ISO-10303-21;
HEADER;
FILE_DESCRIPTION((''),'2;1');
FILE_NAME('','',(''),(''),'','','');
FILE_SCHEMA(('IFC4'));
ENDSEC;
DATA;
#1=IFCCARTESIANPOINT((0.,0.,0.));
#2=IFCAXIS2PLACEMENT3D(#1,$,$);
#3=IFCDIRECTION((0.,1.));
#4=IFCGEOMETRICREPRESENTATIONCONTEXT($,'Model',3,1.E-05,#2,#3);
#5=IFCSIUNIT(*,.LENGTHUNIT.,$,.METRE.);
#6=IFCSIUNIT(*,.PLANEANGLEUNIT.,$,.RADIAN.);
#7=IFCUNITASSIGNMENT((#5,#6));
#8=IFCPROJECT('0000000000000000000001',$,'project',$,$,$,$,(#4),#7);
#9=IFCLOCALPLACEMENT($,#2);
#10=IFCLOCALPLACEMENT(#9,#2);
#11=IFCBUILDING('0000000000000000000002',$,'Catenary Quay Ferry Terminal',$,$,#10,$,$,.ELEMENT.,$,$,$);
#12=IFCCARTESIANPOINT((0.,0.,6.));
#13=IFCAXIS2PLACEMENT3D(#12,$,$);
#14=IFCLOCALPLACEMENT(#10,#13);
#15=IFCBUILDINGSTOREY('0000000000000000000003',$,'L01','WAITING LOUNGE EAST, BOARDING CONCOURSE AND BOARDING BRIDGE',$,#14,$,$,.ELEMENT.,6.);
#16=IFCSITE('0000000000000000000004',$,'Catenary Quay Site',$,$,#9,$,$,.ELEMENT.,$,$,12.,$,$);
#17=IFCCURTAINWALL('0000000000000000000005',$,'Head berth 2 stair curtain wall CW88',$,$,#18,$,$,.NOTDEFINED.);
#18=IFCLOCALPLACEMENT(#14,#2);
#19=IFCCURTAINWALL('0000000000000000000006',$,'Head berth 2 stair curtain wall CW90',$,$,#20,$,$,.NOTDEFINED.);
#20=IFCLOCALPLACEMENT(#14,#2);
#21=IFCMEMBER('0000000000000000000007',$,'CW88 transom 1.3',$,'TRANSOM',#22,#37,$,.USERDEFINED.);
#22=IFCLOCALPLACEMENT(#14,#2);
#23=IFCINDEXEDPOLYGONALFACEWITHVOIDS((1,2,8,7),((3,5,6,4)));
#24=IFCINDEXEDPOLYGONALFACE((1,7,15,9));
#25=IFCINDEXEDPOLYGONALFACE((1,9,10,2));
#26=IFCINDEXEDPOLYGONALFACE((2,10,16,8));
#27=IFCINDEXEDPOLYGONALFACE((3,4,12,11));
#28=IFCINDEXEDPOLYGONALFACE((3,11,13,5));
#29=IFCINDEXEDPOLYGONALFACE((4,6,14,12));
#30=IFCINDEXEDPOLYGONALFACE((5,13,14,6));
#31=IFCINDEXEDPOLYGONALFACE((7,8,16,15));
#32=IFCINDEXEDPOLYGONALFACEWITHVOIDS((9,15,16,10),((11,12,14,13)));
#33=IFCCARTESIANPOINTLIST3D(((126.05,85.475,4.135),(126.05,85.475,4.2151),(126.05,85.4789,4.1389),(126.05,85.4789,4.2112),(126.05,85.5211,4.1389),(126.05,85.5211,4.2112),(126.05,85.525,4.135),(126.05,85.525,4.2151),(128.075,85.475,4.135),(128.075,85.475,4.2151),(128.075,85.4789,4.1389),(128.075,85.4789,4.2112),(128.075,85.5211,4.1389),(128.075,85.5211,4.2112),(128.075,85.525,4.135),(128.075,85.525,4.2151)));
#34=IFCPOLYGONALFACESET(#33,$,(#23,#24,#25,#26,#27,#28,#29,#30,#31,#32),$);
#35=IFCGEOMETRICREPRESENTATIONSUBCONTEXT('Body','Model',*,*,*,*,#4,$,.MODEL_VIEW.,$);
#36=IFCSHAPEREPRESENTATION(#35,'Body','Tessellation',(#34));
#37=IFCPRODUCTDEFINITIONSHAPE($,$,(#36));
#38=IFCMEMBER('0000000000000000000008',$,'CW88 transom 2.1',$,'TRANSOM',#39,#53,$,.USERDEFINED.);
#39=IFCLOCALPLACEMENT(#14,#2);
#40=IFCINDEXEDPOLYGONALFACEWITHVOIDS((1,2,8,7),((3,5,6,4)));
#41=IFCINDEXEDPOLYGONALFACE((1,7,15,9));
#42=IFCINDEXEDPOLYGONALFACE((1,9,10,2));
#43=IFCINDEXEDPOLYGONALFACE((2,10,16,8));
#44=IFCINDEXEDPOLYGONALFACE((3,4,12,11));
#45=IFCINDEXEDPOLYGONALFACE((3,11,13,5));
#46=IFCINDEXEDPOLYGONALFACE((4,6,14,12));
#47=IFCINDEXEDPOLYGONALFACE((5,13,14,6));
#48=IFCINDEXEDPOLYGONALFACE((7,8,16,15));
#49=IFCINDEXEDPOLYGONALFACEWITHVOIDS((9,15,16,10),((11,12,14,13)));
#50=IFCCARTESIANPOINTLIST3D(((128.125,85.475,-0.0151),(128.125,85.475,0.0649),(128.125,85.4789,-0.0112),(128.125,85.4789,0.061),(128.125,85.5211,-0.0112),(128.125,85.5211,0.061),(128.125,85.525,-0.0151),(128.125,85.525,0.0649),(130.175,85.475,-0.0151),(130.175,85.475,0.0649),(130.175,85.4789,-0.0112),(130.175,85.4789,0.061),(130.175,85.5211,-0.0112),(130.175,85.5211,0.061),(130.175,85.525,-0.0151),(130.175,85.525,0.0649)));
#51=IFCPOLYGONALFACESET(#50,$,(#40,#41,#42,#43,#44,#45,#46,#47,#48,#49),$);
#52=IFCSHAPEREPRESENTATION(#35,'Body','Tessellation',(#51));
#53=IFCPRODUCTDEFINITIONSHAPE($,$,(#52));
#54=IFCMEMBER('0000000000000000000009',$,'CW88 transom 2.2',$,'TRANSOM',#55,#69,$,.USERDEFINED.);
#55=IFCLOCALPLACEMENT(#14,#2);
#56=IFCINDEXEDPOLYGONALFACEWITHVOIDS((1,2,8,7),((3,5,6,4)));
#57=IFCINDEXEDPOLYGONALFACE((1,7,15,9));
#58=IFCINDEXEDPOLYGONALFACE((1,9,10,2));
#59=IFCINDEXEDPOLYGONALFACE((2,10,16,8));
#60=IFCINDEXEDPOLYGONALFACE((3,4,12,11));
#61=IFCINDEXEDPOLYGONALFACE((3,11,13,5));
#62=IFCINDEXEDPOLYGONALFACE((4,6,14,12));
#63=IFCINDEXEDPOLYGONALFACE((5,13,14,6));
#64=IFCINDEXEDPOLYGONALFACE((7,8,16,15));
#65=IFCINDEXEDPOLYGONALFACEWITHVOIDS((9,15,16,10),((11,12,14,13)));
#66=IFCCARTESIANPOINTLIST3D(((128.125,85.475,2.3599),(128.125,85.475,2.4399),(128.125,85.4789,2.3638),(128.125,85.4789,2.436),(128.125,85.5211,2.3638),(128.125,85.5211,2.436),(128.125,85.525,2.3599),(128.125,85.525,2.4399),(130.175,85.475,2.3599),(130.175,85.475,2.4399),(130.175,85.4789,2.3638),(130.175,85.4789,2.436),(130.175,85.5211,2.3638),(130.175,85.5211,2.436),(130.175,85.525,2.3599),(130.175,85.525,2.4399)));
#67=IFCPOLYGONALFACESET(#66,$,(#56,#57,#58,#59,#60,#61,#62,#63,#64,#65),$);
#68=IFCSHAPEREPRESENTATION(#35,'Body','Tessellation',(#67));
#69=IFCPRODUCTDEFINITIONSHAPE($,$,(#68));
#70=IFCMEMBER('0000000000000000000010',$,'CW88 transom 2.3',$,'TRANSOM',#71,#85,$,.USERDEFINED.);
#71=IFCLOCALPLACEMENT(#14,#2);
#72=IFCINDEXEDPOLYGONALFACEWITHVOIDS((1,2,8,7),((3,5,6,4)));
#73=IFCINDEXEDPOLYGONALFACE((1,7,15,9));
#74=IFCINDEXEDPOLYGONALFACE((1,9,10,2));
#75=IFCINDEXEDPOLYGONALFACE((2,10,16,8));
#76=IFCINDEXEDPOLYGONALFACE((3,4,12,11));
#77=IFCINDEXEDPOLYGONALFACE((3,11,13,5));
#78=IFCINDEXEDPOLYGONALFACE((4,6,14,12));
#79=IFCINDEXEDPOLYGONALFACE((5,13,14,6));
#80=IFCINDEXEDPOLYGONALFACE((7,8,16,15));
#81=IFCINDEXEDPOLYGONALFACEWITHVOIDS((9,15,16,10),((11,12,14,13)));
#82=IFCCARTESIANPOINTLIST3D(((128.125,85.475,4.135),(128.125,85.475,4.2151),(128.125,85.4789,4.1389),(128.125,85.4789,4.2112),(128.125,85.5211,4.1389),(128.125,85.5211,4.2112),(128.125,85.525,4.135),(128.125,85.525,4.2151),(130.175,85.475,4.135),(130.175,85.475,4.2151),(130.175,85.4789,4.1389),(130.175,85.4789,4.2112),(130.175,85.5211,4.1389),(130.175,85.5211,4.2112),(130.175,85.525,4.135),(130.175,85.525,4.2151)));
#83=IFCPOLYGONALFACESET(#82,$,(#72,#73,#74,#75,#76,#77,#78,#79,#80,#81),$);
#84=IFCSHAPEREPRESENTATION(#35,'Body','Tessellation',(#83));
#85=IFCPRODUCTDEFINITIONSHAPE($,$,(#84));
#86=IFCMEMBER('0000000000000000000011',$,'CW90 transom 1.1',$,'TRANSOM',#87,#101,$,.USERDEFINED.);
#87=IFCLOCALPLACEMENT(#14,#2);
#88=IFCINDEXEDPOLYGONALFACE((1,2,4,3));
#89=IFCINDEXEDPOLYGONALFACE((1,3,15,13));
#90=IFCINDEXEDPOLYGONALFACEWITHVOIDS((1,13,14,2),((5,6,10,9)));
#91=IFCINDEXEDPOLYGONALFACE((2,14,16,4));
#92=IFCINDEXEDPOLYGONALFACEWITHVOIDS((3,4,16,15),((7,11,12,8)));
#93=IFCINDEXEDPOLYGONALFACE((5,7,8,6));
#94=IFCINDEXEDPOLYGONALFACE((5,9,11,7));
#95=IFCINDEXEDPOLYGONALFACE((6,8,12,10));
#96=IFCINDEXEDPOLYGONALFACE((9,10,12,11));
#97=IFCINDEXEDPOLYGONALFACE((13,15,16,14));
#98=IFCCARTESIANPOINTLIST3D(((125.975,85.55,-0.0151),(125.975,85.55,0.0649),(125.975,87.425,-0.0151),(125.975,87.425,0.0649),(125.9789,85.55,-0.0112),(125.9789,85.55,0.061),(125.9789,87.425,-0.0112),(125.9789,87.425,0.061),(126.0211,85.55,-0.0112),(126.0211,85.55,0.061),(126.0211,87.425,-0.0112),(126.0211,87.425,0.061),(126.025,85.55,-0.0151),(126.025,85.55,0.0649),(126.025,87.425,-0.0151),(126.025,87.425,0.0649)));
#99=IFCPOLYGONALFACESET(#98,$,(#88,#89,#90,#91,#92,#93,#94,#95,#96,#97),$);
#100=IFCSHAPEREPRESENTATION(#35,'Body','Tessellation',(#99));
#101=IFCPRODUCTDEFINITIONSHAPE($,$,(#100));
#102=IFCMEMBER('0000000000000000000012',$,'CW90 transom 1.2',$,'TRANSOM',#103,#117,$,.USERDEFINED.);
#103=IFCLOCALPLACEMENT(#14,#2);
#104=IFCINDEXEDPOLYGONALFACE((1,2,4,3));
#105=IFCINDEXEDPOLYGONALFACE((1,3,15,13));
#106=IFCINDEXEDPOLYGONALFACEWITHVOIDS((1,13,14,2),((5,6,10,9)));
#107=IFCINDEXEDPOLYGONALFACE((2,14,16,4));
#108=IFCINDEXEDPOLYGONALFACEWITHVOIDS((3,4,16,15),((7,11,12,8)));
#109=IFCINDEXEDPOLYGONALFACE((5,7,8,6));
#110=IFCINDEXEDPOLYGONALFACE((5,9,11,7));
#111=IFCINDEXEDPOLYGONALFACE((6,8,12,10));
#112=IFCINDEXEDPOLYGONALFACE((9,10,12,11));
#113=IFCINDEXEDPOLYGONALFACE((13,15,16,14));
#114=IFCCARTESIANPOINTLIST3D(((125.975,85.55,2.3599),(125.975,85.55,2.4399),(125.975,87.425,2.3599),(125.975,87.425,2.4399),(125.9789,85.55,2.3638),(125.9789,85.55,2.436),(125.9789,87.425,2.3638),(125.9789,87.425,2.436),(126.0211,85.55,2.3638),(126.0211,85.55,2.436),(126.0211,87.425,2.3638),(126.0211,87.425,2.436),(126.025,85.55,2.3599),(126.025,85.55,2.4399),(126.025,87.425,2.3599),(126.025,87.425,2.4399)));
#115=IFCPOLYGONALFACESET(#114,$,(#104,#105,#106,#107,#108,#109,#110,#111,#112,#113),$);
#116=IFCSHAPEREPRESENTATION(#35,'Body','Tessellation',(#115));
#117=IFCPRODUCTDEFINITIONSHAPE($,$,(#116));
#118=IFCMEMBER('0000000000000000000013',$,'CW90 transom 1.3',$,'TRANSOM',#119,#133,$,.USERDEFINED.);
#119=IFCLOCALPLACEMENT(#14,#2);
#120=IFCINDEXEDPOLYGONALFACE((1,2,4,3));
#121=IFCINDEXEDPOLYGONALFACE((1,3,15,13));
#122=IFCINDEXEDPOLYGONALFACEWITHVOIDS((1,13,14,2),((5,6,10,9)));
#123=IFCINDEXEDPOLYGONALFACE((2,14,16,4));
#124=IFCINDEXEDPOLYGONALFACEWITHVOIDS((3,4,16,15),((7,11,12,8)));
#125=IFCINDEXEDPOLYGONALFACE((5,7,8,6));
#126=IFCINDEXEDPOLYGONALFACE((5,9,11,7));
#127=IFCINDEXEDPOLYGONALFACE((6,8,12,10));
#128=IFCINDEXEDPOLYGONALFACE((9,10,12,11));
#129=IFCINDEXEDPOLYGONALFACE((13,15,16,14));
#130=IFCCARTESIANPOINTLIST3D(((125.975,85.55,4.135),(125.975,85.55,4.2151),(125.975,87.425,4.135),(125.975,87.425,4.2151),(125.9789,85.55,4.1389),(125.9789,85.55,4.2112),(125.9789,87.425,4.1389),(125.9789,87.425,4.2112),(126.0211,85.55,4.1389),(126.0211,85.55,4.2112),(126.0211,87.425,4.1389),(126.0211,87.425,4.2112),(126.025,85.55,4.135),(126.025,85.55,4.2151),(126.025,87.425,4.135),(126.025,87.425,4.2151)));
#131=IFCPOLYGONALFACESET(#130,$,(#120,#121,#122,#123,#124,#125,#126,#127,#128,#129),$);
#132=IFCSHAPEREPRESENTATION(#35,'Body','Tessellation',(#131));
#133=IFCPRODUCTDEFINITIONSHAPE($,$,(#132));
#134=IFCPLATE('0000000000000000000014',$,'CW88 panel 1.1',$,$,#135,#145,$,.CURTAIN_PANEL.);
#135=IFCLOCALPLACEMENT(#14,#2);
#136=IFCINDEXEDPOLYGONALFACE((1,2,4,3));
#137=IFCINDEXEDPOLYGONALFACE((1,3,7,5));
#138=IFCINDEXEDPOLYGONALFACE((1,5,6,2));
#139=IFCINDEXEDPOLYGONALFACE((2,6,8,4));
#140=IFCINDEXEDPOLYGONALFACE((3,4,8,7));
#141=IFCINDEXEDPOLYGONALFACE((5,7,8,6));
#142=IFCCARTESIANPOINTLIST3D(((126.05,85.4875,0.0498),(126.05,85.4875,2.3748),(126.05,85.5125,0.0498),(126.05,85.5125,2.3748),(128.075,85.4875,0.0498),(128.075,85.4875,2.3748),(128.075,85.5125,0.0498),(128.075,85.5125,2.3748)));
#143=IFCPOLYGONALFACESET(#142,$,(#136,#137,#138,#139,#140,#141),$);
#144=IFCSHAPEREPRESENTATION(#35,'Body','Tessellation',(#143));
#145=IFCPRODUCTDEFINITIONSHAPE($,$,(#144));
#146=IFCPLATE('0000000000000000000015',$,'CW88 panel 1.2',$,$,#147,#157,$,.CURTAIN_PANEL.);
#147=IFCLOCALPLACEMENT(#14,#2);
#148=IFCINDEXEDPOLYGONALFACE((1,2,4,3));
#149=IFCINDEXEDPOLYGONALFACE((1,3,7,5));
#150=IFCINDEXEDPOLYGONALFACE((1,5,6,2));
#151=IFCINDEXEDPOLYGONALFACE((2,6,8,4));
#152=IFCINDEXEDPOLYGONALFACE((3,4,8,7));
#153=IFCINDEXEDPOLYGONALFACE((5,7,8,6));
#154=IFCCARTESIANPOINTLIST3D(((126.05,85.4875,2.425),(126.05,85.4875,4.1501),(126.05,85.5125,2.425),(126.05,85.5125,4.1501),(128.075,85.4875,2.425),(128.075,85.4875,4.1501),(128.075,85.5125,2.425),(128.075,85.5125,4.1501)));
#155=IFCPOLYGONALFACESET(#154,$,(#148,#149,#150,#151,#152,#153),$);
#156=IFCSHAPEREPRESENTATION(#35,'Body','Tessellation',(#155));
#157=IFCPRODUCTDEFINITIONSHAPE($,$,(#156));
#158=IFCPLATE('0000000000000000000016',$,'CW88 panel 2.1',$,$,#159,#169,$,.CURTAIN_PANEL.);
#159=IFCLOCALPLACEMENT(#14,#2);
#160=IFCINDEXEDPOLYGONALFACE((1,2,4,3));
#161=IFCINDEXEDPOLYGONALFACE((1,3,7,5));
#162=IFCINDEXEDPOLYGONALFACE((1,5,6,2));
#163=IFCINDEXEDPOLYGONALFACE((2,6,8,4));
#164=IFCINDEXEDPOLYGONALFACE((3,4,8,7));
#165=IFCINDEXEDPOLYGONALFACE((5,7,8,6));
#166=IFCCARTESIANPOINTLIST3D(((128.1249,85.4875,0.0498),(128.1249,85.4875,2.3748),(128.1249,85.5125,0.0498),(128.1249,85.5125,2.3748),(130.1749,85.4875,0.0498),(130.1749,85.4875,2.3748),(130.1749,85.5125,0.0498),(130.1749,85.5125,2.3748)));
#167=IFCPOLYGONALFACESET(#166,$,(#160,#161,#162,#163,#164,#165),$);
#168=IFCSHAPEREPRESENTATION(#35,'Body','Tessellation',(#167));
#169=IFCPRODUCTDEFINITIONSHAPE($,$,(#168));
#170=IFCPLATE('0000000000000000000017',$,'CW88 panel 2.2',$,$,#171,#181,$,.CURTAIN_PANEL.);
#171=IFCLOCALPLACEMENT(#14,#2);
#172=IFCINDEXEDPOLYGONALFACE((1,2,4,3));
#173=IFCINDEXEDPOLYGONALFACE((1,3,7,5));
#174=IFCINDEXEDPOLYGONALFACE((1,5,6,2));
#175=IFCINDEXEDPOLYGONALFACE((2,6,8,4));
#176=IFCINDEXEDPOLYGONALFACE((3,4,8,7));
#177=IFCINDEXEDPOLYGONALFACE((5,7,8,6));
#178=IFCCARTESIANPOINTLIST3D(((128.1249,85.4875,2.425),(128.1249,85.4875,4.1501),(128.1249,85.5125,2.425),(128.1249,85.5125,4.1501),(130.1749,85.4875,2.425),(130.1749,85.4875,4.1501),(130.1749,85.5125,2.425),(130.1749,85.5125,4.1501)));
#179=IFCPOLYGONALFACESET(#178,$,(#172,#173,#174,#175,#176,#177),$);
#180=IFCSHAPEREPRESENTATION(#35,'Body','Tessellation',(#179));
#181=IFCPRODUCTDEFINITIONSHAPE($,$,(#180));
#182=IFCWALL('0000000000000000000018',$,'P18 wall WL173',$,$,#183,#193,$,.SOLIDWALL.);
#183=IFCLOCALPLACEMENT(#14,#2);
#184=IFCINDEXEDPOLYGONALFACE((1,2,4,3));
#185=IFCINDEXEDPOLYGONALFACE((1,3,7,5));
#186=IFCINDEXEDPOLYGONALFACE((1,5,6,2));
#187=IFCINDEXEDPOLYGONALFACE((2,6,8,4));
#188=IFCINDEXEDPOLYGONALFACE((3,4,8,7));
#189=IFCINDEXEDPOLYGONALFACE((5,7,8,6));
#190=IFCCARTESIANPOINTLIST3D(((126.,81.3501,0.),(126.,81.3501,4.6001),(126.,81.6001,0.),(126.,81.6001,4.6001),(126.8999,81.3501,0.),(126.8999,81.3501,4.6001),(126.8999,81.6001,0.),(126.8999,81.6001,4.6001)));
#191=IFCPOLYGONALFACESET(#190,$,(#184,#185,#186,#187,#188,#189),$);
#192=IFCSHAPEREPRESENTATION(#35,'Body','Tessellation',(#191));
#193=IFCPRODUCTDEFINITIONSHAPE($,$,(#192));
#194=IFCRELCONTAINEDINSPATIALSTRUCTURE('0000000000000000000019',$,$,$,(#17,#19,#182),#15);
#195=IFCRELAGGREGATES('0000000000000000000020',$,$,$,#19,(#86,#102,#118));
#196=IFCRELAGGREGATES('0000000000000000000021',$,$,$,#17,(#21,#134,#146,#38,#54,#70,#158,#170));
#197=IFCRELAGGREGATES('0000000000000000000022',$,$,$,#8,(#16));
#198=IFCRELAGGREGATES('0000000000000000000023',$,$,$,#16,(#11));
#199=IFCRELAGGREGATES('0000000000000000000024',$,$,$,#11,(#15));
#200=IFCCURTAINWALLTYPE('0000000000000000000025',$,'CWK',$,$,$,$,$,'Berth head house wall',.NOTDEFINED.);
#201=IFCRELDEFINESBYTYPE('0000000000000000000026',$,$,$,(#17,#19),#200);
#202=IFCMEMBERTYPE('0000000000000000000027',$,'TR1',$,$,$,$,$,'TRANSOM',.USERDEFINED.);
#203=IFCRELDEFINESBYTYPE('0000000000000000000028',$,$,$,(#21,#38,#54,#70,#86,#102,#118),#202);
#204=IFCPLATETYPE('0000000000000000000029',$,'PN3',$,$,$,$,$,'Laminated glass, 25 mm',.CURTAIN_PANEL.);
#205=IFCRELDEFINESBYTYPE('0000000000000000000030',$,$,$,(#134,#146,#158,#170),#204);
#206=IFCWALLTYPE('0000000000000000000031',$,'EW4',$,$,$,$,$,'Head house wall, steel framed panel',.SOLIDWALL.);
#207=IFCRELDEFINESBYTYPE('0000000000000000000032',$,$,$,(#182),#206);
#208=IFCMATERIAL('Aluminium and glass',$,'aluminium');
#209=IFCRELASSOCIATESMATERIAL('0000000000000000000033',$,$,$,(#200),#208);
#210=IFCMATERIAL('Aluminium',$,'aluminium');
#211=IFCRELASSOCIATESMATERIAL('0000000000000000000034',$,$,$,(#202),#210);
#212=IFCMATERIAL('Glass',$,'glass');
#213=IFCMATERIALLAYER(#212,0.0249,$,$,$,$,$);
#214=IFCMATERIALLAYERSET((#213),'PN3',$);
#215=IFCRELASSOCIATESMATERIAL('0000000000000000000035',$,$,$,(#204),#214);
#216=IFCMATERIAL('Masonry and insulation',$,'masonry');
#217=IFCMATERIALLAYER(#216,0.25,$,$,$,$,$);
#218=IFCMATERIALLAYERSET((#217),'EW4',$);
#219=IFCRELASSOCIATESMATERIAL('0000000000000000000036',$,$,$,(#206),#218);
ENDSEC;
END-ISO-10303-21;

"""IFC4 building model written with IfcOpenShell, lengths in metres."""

from ifc_helpers import new_model, si_unit, direction, frame, frame_2d, origin, origin_2d, place, context, subcontext, project, spatial, rectangle, hollow_rectangle, extrude, material, layer, layer_set, material_profile, profile_set, type_object, element, aggregate, save


model = new_model("IFC4")

# Units and contexts
model_context = context("Model", 3, precision=1e-05, world=origin(), true_north=direction((0.0, 1.0)))
body_context = subcontext(model_context, "Body", "Model", "MODEL_VIEW")
ifc_project = project(units=[si_unit("LENGTHUNIT", "METRE"), si_unit("PLANEANGLEUNIT", "RADIAN")], contexts=[model_context])

# Site, building, storey
site_placement = place(None, origin())
site = spatial("IfcSite", under=ifc_project, at=site_placement, Name="Catenary Quay Site", CompositionType="ELEMENT", RefElevation=12.0)
building_placement = place(site_placement, origin())
building = spatial("IfcBuilding", under=site, at=building_placement, Name="Catenary Quay Ferry Terminal", CompositionType="ELEMENT")
storey_placement = place(building_placement, frame((0.0, 0.0, 6.0)))
storey = spatial("IfcBuildingStorey", under=building, at=storey_placement, Name="L01", Description="WAITING LOUNGE EAST, BOARDING CONCOURSE AND BOARDING BRIDGE", CompositionType="ELEMENT", Elevation=6.0)

# Curtain wall
ifc_material_1 = material(Name="Aluminium and glass", Category="aluminium")
curtain_wall_type = type_object("IfcCurtainWallType", Name="CWK", ElementType="Berth head house wall", PredefinedType="NOTDEFINED", material=ifc_material_1)
curtain_wall_1_placement = place(storey_placement, origin())
curtain_wall_1 = element("IfcCurtainWall", 1, at=curtain_wall_1_placement, inside=storey, type_object=curtain_wall_type, Name="Head berth 2 stair curtain wall CW88", PredefinedType="NOTDEFINED")

# Curtain wall
curtain_wall_2_placement = place(storey_placement, origin())
curtain_wall_2 = element("IfcCurtainWall", 2, at=curtain_wall_2_placement, inside=storey, type_object=curtain_wall_type, Name="Head berth 2 stair curtain wall CW90", PredefinedType="NOTDEFINED")

# Members
ifc_material_2 = material(Name="Aluminium", Category="aluminium")
ifc_material_profile_1 = material_profile(ifc_material_2, hollow_rectangle(XDim=0.05, YDim=0.0801, WallThickness=0.0039, at=origin_2d()), Name="TR1")
ifc_profile_set_1 = profile_set([ifc_material_profile_1], Name="Aluminium")
member_type_1 = type_object("IfcMemberType", Name="TR1", ElementType="TRANSOM", PredefinedType="USERDEFINED", material=ifc_profile_set_1)
member_1_placement = place(storey_placement, frame((126.05, 85.5, 4.175), z_axis=(1.0, 0.0, 0.0), x_axis=(0.0, 1.0, 0.0)))
member_1 = element("IfcMember", 3, at=member_1_placement, type_object=member_type_1, Name="CW88 transom 1.3", ObjectType="TRANSOM", PredefinedType="USERDEFINED", context=body_context, shape_type="SweptSolid", body=[
    extrude(hollow_rectangle(XDim=0.05, YDim=0.0801, WallThickness=0.0039, at=origin_2d()), origin(), (0.0, 0.0, 1.0), 2.0249),
])
member_2_placement = place(storey_placement, frame((128.125, 85.5, 0.0249), z_axis=(1.0, 0.0, 0.0), x_axis=(0.0, 1.0, 0.0)))
member_2 = element("IfcMember", 4, at=member_2_placement, type_object=member_type_1, Name="CW88 transom 2.1", ObjectType="TRANSOM", PredefinedType="USERDEFINED", context=body_context, shape_type="SweptSolid", body=[
    extrude(hollow_rectangle(XDim=0.05, YDim=0.0801, WallThickness=0.0039, at=origin_2d()), origin(), (0.0, 0.0, 1.0), 2.05),
])
member_3_placement = place(storey_placement, frame((128.125, 85.5, 2.3999), z_axis=(1.0, 0.0, 0.0), x_axis=(0.0, 1.0, 0.0)))
member_3 = element("IfcMember", 5, at=member_3_placement, type_object=member_type_1, Name="CW88 transom 2.2", ObjectType="TRANSOM", PredefinedType="USERDEFINED", context=body_context, shape_type="SweptSolid", body=[
    extrude(hollow_rectangle(XDim=0.05, YDim=0.0801, WallThickness=0.0039, at=origin_2d()), origin(), (0.0, 0.0, 1.0), 2.05),
])
member_4_placement = place(storey_placement, frame((128.125, 85.5, 4.175), z_axis=(1.0, 0.0, 0.0), x_axis=(0.0, 1.0, 0.0)))
member_4 = element("IfcMember", 6, at=member_4_placement, type_object=member_type_1, Name="CW88 transom 2.3", ObjectType="TRANSOM", PredefinedType="USERDEFINED", context=body_context, shape_type="SweptSolid", body=[
    extrude(hollow_rectangle(XDim=0.05, YDim=0.0801, WallThickness=0.0039, at=origin_2d()), origin(), (0.0, 0.0, 1.0), 2.05),
])
member_5_placement = place(storey_placement, frame((126.0, 85.55, 0.0249), z_axis=(0.0, 1.0, 0.0), x_axis=(-1.0, 0.0, 0.0)))
member_5 = element("IfcMember", 7, at=member_5_placement, type_object=member_type_1, Name="CW90 transom 1.1", ObjectType="TRANSOM", PredefinedType="USERDEFINED", context=body_context, shape_type="SweptSolid", body=[
    extrude(hollow_rectangle(XDim=0.05, YDim=0.0801, WallThickness=0.0039, at=origin_2d()), origin(), (0.0, 0.0, 1.0), 1.875),
])
member_6_placement = place(storey_placement, frame((126.0, 85.55, 2.3999), z_axis=(0.0, 1.0, 0.0), x_axis=(-1.0, 0.0, 0.0)))
member_6 = element("IfcMember", 8, at=member_6_placement, type_object=member_type_1, Name="CW90 transom 1.2", ObjectType="TRANSOM", PredefinedType="USERDEFINED", context=body_context, shape_type="SweptSolid", body=[
    extrude(hollow_rectangle(XDim=0.05, YDim=0.0801, WallThickness=0.0039, at=origin_2d()), origin(), (0.0, 0.0, 1.0), 1.875),
])
member_7_placement = place(storey_placement, frame((126.0, 85.55, 4.175), z_axis=(0.0, 1.0, 0.0), x_axis=(-1.0, 0.0, 0.0)))
member_7 = element("IfcMember", 9, at=member_7_placement, type_object=member_type_1, Name="CW90 transom 1.3", ObjectType="TRANSOM", PredefinedType="USERDEFINED", context=body_context, shape_type="SweptSolid", body=[
    extrude(hollow_rectangle(XDim=0.05, YDim=0.0801, WallThickness=0.0039, at=origin_2d()), origin(), (0.0, 0.0, 1.0), 1.875),
])
aggregate(curtain_wall_2, [member_5, member_6, member_7])

# Plates
ifc_material_3 = material(Name="Glass", Category="glass")
ifc_layer_1 = layer(ifc_material_3, 0.0249)
ifc_layer_set_1 = layer_set([ifc_layer_1], Name="PN3")
plate_type = type_object("IfcPlateType", Name="PN3", ElementType="Laminated glass, 25 mm", PredefinedType="CURTAIN_PANEL", material=ifc_layer_set_1)
plate_1_placement = place(storey_placement, frame((127.0625, 85.5, 0.0498), z_axis=(0.0, 0.0, 1.0), x_axis=(1.0, 0.0, 0.0)))
plate_1 = element("IfcPlate", 10, at=plate_1_placement, type_object=plate_type, Name="CW88 panel 1.1", PredefinedType="CURTAIN_PANEL", context=body_context, shape_type="SweptSolid", body=[
    extrude(rectangle(XDim=2.0249, YDim=0.0249, at=origin_2d()), origin(), (0.0, 0.0, 1.0), 2.325),
])
plate_2_placement = place(storey_placement, frame((127.0625, 85.5, 2.425), z_axis=(0.0, 0.0, 1.0), x_axis=(1.0, 0.0, 0.0)))
plate_2 = element("IfcPlate", 11, at=plate_2_placement, type_object=plate_type, Name="CW88 panel 1.2", PredefinedType="CURTAIN_PANEL", context=body_context, shape_type="SweptSolid", body=[
    extrude(rectangle(XDim=2.0249, YDim=0.0249, at=origin_2d()), origin(), (0.0, 0.0, 1.0), 1.7251),
])
plate_3_placement = place(storey_placement, frame((129.1499, 85.5, 0.0498), z_axis=(0.0, 0.0, 1.0), x_axis=(1.0, 0.0, 0.0)))
plate_3 = element("IfcPlate", 12, at=plate_3_placement, type_object=plate_type, Name="CW88 panel 2.1", PredefinedType="CURTAIN_PANEL", context=body_context, shape_type="SweptSolid", body=[
    extrude(rectangle(XDim=2.05, YDim=0.0249, at=origin_2d()), origin(), (0.0, 0.0, 1.0), 2.325),
])
plate_4_placement = place(storey_placement, frame((129.1499, 85.5, 2.425), z_axis=(0.0, 0.0, 1.0), x_axis=(1.0, 0.0, 0.0)))
plate_4 = element("IfcPlate", 13, at=plate_4_placement, type_object=plate_type, Name="CW88 panel 2.2", PredefinedType="CURTAIN_PANEL", context=body_context, shape_type="SweptSolid", body=[
    extrude(rectangle(XDim=2.05, YDim=0.0249, at=origin_2d()), origin(), (0.0, 0.0, 1.0), 1.7251),
])
aggregate(curtain_wall_1, [member_1, plate_1, plate_2, member_2, member_3, member_4, plate_3, plate_4])

# Wall
ifc_material_4 = material(Name="Masonry and insulation", Category="masonry")
ifc_layer_2 = layer(ifc_material_4, 0.25)
ifc_layer_set_2 = layer_set([ifc_layer_2], Name="EW4")
wall_type_1 = type_object("IfcWallType", Name="EW4", ElementType="Head house wall, steel framed panel", PredefinedType="SOLIDWALL", material=ifc_layer_set_2)
wall_1_placement = place(storey_placement, frame((126.0, 81.4751, 0.0), z_axis=(0.0, 0.0, 1.0), x_axis=(1.0, 0.0, 0.0)))
element("IfcWall", 14, at=wall_1_placement, inside=storey, type_object=wall_type_1, Name="P18 wall WL173", PredefinedType="SOLIDWALL", context=body_context, shape_type="SweptSolid", body=[
    extrude(rectangle(XDim=0.8999, YDim=0.25, at=frame_2d((0.45, 0.0))), origin(), (0.0, 0.0, 1.0), 4.6001),
])

save(model, "model.ifc")
